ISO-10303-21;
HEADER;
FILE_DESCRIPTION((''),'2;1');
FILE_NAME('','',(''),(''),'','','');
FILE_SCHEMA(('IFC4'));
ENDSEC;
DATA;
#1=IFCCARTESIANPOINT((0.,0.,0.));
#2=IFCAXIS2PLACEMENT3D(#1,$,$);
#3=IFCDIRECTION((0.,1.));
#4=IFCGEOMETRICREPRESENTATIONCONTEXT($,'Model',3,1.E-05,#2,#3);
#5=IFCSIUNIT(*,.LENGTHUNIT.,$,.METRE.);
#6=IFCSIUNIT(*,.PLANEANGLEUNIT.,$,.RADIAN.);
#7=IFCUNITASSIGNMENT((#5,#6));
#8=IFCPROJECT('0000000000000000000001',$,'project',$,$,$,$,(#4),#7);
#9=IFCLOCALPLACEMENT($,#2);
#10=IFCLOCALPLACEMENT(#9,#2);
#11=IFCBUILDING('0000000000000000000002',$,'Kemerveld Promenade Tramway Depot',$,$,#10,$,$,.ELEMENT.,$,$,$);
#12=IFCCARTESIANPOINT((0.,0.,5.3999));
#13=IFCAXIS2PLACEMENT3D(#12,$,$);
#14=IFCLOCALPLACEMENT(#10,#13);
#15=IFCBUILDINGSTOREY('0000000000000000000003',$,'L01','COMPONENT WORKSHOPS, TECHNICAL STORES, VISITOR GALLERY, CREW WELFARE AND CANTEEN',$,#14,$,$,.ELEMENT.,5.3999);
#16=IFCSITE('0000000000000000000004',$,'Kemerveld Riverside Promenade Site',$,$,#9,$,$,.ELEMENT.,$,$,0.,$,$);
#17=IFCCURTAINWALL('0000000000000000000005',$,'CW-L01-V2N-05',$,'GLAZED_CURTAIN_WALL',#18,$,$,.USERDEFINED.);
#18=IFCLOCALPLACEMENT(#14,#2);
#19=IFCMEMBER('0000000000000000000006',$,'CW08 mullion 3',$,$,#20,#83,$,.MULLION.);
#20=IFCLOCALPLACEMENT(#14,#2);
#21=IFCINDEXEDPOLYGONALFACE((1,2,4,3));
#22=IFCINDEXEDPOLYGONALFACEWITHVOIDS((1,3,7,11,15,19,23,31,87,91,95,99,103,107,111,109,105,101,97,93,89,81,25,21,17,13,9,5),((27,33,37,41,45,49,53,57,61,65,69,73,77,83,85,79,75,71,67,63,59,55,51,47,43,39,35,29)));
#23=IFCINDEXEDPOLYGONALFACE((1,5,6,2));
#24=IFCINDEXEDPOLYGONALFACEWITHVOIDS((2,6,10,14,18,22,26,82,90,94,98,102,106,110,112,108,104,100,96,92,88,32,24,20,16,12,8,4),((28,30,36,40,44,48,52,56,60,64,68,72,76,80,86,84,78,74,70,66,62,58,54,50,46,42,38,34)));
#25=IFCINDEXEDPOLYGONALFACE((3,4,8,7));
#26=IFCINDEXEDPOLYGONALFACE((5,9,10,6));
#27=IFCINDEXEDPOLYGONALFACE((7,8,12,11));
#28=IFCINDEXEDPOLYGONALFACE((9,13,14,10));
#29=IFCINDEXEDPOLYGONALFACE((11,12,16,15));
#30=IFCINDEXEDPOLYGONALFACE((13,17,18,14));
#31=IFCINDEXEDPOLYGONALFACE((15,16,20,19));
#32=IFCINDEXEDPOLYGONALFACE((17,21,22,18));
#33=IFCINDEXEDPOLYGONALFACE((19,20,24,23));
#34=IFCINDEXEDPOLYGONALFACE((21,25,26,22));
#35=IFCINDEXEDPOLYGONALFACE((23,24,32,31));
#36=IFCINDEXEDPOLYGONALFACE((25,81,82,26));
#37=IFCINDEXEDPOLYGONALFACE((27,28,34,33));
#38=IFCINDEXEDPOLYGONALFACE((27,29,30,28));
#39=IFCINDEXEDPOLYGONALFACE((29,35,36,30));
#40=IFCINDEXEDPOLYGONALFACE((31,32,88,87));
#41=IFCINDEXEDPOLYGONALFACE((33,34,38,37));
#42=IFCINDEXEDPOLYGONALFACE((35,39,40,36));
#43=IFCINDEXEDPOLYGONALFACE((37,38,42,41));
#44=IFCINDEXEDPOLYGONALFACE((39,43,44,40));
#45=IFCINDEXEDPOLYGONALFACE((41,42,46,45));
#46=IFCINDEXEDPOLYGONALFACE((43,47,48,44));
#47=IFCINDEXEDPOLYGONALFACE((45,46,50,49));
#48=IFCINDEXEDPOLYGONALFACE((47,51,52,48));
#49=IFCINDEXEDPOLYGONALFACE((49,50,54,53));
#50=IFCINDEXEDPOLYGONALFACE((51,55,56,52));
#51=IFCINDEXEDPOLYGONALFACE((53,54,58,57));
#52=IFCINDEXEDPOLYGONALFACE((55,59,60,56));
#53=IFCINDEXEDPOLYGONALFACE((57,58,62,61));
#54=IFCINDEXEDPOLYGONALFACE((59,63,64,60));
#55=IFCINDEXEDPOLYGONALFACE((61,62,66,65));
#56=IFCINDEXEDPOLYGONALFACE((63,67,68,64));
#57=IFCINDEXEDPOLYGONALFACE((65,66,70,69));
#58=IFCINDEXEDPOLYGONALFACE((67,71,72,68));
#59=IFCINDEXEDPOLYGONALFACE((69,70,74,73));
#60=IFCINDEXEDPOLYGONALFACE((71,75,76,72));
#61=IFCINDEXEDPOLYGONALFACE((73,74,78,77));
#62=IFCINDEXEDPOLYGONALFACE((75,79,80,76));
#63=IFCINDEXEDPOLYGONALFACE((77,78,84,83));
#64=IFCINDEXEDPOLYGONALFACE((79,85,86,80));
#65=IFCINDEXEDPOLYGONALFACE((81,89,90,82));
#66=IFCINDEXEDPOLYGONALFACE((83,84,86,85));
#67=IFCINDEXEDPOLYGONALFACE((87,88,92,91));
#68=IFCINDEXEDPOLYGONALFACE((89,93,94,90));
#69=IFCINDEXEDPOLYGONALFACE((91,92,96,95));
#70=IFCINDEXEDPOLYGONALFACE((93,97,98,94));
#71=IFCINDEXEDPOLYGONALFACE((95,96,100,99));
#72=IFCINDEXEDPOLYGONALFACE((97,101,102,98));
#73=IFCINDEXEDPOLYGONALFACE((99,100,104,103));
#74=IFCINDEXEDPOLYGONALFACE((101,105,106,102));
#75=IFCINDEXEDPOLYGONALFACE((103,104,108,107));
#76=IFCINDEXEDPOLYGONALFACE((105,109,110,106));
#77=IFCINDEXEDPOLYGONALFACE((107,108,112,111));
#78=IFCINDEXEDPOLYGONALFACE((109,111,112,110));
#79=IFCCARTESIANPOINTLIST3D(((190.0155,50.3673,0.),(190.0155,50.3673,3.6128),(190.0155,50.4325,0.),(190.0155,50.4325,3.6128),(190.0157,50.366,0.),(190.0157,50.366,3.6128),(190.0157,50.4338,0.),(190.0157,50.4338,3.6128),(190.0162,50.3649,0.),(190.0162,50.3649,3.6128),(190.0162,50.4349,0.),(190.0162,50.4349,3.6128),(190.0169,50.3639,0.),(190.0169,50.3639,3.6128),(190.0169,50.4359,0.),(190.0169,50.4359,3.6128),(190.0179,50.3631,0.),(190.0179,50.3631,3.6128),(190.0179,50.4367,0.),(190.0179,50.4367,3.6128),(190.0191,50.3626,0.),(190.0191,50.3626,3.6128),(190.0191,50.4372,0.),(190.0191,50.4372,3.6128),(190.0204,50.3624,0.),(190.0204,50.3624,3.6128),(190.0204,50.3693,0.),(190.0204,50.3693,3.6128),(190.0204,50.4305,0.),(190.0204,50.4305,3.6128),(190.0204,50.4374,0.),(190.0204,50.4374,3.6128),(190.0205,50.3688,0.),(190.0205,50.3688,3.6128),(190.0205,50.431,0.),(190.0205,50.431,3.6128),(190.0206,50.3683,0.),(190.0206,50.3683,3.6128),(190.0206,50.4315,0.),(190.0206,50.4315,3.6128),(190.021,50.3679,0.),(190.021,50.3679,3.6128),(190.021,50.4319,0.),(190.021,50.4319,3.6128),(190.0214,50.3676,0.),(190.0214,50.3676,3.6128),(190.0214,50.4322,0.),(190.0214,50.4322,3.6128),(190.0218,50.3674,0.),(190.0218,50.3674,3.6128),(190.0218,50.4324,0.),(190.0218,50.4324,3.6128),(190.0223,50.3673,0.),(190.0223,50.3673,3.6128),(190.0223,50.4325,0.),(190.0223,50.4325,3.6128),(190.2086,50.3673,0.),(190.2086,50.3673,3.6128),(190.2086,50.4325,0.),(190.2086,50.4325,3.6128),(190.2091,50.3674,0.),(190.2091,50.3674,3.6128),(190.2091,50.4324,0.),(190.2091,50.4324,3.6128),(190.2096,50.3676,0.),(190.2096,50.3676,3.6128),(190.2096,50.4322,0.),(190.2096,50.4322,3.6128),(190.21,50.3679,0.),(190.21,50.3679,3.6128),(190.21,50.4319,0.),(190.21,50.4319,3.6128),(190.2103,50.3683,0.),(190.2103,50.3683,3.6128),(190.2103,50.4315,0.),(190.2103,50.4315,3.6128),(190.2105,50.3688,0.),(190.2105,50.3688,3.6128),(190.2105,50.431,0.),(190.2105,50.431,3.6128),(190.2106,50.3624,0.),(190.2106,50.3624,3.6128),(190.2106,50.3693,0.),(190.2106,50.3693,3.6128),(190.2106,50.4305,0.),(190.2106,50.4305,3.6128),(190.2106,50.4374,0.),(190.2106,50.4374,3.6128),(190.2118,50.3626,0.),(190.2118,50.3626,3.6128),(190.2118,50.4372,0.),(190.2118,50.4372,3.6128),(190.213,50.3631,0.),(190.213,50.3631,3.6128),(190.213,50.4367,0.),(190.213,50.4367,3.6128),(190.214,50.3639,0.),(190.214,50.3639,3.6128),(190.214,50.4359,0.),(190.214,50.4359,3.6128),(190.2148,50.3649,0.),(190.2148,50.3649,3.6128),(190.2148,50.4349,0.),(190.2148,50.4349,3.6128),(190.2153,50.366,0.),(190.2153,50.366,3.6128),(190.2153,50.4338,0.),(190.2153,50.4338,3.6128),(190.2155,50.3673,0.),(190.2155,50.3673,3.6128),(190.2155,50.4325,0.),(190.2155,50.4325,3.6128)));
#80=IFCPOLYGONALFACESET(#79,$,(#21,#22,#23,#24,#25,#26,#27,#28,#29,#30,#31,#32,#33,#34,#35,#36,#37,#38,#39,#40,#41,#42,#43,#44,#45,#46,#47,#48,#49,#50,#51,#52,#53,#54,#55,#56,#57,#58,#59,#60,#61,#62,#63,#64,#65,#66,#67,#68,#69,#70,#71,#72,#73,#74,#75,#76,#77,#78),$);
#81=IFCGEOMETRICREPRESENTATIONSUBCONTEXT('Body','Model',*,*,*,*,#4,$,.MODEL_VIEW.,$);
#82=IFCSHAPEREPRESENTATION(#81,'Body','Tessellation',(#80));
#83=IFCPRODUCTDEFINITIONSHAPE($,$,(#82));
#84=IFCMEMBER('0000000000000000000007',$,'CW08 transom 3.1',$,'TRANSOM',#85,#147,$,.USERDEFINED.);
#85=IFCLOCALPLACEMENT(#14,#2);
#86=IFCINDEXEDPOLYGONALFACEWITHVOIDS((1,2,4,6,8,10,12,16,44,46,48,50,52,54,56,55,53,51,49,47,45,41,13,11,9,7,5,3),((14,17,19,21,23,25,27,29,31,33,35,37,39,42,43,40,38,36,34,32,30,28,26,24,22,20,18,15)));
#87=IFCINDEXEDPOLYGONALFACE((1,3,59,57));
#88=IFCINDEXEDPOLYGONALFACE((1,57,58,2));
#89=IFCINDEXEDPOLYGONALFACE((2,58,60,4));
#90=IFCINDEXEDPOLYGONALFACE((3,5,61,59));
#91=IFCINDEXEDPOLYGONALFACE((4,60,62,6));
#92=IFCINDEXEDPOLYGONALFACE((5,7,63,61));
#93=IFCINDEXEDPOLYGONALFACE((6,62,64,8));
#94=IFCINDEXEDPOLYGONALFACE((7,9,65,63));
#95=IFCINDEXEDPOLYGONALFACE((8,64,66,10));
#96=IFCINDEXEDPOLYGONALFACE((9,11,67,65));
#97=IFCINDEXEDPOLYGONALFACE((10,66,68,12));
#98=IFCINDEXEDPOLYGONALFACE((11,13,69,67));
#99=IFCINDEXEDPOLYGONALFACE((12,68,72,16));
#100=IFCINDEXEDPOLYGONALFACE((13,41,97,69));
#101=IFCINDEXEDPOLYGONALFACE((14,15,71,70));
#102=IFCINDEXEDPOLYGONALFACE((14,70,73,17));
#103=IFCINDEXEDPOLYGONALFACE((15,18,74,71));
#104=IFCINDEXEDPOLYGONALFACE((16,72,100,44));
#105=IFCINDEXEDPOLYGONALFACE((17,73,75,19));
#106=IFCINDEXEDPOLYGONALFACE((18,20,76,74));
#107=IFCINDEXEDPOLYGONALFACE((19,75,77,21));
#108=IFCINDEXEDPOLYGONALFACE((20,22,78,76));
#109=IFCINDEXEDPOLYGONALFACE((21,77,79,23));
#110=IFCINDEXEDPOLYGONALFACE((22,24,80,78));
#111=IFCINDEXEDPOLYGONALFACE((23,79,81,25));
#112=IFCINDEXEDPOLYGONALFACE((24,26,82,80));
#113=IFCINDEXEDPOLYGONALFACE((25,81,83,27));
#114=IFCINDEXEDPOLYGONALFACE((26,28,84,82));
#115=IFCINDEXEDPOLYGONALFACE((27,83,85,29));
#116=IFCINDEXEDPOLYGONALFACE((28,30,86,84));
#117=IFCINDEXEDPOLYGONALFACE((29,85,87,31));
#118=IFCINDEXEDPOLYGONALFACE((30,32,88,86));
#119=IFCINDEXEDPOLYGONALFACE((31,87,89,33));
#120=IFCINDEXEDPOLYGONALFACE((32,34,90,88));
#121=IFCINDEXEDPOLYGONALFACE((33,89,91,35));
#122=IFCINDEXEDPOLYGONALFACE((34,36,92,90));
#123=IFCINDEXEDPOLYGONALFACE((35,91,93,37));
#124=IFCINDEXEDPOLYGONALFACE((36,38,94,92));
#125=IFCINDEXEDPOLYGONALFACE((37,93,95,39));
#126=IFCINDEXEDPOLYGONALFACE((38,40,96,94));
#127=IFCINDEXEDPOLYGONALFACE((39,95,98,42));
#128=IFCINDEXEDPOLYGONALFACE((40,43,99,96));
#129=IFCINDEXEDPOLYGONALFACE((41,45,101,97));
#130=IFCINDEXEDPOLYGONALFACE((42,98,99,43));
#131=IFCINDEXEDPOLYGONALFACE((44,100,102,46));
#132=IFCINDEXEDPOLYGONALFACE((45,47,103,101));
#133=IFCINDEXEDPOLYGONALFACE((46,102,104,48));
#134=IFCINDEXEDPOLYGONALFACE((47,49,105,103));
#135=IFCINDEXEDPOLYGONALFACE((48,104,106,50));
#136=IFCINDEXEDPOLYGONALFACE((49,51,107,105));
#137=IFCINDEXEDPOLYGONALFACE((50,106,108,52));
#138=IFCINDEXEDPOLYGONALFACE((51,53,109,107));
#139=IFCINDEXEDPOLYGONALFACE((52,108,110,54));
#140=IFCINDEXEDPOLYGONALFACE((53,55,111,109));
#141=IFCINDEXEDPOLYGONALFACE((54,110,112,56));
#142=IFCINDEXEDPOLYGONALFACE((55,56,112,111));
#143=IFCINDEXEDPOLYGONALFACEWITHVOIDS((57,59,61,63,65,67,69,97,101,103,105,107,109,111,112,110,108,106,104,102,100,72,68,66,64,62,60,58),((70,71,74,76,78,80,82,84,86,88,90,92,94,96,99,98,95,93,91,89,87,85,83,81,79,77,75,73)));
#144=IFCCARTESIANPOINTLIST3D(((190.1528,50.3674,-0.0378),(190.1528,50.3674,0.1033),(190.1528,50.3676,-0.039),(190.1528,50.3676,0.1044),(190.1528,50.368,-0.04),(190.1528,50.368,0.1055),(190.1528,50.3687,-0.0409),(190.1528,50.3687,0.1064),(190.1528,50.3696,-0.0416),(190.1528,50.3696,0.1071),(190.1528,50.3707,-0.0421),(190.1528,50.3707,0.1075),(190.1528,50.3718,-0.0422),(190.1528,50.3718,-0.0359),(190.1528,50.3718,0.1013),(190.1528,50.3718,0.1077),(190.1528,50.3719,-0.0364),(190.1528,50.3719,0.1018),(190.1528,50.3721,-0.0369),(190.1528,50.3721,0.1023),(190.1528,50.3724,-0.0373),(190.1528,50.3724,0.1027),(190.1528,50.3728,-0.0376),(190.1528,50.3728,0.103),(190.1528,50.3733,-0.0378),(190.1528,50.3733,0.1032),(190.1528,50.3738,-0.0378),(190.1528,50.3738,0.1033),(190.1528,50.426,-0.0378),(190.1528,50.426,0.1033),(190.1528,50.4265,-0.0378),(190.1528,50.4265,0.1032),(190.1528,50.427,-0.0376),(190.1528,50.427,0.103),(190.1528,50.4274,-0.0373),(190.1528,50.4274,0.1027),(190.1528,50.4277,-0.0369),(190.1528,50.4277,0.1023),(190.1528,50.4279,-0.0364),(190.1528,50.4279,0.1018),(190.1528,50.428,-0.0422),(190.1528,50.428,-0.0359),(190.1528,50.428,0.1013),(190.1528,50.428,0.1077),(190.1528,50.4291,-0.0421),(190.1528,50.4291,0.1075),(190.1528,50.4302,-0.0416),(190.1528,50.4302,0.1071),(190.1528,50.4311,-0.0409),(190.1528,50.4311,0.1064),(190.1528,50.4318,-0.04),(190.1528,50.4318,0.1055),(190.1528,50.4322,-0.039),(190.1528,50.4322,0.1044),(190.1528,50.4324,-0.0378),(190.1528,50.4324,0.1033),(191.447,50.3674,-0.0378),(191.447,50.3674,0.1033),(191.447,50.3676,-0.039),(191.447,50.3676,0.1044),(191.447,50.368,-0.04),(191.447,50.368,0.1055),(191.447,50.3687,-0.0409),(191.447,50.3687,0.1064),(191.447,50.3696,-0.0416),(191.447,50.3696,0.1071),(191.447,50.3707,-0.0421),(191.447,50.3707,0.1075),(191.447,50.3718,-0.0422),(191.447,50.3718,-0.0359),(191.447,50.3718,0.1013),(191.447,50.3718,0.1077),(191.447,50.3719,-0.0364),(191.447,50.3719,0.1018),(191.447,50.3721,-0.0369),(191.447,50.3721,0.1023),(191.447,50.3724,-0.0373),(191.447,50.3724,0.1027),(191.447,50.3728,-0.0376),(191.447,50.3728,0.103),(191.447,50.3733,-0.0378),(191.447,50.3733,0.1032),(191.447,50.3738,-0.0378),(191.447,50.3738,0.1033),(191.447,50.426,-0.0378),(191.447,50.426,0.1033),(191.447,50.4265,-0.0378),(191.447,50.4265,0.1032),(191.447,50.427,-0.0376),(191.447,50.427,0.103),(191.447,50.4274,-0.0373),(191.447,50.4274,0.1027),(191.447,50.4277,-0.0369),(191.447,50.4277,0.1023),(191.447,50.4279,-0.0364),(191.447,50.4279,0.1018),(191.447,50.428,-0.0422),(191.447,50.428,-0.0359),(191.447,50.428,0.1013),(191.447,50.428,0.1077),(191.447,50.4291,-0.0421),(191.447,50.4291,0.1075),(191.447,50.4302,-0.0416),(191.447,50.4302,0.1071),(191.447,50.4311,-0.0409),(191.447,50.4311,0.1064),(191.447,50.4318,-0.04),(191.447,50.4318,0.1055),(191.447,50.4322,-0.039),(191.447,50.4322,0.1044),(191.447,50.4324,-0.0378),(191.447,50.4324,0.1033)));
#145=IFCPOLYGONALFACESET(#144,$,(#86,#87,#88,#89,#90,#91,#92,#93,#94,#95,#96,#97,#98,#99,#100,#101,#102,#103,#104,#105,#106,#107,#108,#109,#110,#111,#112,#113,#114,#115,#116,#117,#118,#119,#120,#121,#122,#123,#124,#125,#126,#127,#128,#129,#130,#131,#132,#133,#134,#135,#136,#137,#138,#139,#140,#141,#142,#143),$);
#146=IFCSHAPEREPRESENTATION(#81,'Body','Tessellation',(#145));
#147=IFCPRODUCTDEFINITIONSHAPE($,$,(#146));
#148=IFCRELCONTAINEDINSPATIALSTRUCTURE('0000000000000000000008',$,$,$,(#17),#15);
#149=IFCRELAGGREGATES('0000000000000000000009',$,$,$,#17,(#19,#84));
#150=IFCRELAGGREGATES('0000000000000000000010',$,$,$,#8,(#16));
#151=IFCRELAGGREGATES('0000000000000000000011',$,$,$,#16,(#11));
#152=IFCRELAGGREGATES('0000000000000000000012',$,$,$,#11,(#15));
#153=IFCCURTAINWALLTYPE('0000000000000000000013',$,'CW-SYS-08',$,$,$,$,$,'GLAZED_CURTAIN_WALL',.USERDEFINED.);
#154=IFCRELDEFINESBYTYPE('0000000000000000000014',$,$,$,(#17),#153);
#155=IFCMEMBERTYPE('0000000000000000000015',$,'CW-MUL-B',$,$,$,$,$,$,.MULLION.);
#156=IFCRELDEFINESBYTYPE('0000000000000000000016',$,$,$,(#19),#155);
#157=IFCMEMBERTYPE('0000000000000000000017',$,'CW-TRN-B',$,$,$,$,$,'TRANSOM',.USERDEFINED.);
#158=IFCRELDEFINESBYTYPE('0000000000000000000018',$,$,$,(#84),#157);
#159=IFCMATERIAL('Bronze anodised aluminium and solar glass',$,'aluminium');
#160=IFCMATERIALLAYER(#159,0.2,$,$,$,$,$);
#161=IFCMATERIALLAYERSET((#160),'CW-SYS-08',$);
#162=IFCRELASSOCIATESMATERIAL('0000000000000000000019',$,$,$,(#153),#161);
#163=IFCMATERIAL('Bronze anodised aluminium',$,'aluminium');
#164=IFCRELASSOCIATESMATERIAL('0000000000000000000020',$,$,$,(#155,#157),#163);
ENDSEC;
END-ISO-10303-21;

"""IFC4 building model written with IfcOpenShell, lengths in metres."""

from ifc_helpers import new_model, si_unit, direction, frame, origin, origin_2d, place, context, subcontext, project, spatial, hollow_rectangle, extrude, material, layer, layer_set, material_profile, profile_set, type_object, element, aggregate, save


model = new_model("IFC4")

# Units and contexts
model_context = context("Model", 3, precision=1e-05, world=origin(), true_north=direction((0.0, 1.0)))
body_context = subcontext(model_context, "Body", "Model", "MODEL_VIEW")
ifc_project = project(units=[si_unit("LENGTHUNIT", "METRE"), si_unit("PLANEANGLEUNIT", "RADIAN")], contexts=[model_context])

# Site, building, storey
site_placement = place(None, origin())
site = spatial("IfcSite", under=ifc_project, at=site_placement, Name="Kemerveld Riverside Promenade Site", CompositionType="ELEMENT", RefElevation=0.0)
building_placement = place(site_placement, origin())
building = spatial("IfcBuilding", under=site, at=building_placement, Name="Kemerveld Promenade Tramway Depot", CompositionType="ELEMENT")
storey_placement = place(building_placement, frame((0.0, 0.0, 5.3999)))
storey = spatial("IfcBuildingStorey", under=building, at=storey_placement, Name="L01", Description="COMPONENT WORKSHOPS, TECHNICAL STORES, VISITOR GALLERY, CREW WELFARE AND CANTEEN", CompositionType="ELEMENT", Elevation=5.3999)

# Curtain wall, members
ifc_material_1 = material(Name="Bronze anodised aluminium and solar glass", Category="aluminium")
ifc_layer_1 = layer(ifc_material_1, 0.2)
ifc_layer_set_1 = layer_set([ifc_layer_1], Name="CW-SYS-08")
curtain_wall_type = type_object("IfcCurtainWallType", Name="CW-SYS-08", ElementType="GLAZED_CURTAIN_WALL", PredefinedType="USERDEFINED", material=ifc_layer_set_1)
curtain_wall_placement = place(storey_placement, origin())
curtain_wall = element("IfcCurtainWall", 1, at=curtain_wall_placement, inside=storey, type_object=curtain_wall_type, Name="CW-L01-V2N-05", ObjectType="GLAZED_CURTAIN_WALL", PredefinedType="USERDEFINED")
ifc_material_2 = material(Name="Bronze anodised aluminium", Category="aluminium")
ifc_material_profile_1 = material_profile(ifc_material_2, hollow_rectangle(XDim=0.075, YDim=0.2, WallThickness=0.0049, InnerFilletRadius=0.002, OuterFilletRadius=0.0049, at=origin_2d()), Name="CW-MUL-200x75")
ifc_profile_set_1 = profile_set([ifc_material_profile_1], Name="Bronze anodised aluminium")
member_type_1 = type_object("IfcMemberType", Name="CW-MUL-B", PredefinedType="MULLION", material=ifc_profile_set_1)
member_1_placement = place(storey_placement, frame((190.1155, 50.3999, 0.0), z_axis=(0.0, 0.0, 1.0), x_axis=(0.0, 1.0, 0.0)))
member_1 = element("IfcMember", 2, at=member_1_placement, type_object=member_type_1, Name="CW08 mullion 3", PredefinedType="MULLION", context=body_context, shape_type="SweptSolid", body=[
    extrude(hollow_rectangle(XDim=0.075, YDim=0.2, WallThickness=0.0049, InnerFilletRadius=0.002, OuterFilletRadius=0.0049, at=origin_2d()), origin(), (0.0, 0.0, 1.0), 3.6128),
])
ifc_material_profile_2 = material_profile(ifc_material_2, hollow_rectangle(XDim=0.0649, YDim=0.1499, WallThickness=0.0044, InnerFilletRadius=0.002, OuterFilletRadius=0.0044, at=origin_2d()), Name="CW-TRN-150x65")
ifc_profile_set_2 = profile_set([ifc_material_profile_2], Name="Bronze anodised aluminium")
member_type_2 = type_object("IfcMemberType", Name="CW-TRN-B", ElementType="TRANSOM", PredefinedType="USERDEFINED", material=ifc_profile_set_2)
member_2_placement = place(storey_placement, frame((190.1528, 50.3999, 0.0327), z_axis=(1.0, 0.0, 0.0), x_axis=(0.0, 1.0, 0.0)))
member_2 = element("IfcMember", 3, at=member_2_placement, type_object=member_type_2, Name="CW08 transom 3.1", ObjectType="TRANSOM", PredefinedType="USERDEFINED", context=body_context, shape_type="SweptSolid", body=[
    extrude(hollow_rectangle(XDim=0.0649, YDim=0.1499, WallThickness=0.0044, InnerFilletRadius=0.002, OuterFilletRadius=0.0044, at=origin_2d()), origin(), (0.0, 0.0, 1.0), 1.2942),
])
aggregate(curtain_wall, [member_1, member_2])

save(model, "model.ifc")
